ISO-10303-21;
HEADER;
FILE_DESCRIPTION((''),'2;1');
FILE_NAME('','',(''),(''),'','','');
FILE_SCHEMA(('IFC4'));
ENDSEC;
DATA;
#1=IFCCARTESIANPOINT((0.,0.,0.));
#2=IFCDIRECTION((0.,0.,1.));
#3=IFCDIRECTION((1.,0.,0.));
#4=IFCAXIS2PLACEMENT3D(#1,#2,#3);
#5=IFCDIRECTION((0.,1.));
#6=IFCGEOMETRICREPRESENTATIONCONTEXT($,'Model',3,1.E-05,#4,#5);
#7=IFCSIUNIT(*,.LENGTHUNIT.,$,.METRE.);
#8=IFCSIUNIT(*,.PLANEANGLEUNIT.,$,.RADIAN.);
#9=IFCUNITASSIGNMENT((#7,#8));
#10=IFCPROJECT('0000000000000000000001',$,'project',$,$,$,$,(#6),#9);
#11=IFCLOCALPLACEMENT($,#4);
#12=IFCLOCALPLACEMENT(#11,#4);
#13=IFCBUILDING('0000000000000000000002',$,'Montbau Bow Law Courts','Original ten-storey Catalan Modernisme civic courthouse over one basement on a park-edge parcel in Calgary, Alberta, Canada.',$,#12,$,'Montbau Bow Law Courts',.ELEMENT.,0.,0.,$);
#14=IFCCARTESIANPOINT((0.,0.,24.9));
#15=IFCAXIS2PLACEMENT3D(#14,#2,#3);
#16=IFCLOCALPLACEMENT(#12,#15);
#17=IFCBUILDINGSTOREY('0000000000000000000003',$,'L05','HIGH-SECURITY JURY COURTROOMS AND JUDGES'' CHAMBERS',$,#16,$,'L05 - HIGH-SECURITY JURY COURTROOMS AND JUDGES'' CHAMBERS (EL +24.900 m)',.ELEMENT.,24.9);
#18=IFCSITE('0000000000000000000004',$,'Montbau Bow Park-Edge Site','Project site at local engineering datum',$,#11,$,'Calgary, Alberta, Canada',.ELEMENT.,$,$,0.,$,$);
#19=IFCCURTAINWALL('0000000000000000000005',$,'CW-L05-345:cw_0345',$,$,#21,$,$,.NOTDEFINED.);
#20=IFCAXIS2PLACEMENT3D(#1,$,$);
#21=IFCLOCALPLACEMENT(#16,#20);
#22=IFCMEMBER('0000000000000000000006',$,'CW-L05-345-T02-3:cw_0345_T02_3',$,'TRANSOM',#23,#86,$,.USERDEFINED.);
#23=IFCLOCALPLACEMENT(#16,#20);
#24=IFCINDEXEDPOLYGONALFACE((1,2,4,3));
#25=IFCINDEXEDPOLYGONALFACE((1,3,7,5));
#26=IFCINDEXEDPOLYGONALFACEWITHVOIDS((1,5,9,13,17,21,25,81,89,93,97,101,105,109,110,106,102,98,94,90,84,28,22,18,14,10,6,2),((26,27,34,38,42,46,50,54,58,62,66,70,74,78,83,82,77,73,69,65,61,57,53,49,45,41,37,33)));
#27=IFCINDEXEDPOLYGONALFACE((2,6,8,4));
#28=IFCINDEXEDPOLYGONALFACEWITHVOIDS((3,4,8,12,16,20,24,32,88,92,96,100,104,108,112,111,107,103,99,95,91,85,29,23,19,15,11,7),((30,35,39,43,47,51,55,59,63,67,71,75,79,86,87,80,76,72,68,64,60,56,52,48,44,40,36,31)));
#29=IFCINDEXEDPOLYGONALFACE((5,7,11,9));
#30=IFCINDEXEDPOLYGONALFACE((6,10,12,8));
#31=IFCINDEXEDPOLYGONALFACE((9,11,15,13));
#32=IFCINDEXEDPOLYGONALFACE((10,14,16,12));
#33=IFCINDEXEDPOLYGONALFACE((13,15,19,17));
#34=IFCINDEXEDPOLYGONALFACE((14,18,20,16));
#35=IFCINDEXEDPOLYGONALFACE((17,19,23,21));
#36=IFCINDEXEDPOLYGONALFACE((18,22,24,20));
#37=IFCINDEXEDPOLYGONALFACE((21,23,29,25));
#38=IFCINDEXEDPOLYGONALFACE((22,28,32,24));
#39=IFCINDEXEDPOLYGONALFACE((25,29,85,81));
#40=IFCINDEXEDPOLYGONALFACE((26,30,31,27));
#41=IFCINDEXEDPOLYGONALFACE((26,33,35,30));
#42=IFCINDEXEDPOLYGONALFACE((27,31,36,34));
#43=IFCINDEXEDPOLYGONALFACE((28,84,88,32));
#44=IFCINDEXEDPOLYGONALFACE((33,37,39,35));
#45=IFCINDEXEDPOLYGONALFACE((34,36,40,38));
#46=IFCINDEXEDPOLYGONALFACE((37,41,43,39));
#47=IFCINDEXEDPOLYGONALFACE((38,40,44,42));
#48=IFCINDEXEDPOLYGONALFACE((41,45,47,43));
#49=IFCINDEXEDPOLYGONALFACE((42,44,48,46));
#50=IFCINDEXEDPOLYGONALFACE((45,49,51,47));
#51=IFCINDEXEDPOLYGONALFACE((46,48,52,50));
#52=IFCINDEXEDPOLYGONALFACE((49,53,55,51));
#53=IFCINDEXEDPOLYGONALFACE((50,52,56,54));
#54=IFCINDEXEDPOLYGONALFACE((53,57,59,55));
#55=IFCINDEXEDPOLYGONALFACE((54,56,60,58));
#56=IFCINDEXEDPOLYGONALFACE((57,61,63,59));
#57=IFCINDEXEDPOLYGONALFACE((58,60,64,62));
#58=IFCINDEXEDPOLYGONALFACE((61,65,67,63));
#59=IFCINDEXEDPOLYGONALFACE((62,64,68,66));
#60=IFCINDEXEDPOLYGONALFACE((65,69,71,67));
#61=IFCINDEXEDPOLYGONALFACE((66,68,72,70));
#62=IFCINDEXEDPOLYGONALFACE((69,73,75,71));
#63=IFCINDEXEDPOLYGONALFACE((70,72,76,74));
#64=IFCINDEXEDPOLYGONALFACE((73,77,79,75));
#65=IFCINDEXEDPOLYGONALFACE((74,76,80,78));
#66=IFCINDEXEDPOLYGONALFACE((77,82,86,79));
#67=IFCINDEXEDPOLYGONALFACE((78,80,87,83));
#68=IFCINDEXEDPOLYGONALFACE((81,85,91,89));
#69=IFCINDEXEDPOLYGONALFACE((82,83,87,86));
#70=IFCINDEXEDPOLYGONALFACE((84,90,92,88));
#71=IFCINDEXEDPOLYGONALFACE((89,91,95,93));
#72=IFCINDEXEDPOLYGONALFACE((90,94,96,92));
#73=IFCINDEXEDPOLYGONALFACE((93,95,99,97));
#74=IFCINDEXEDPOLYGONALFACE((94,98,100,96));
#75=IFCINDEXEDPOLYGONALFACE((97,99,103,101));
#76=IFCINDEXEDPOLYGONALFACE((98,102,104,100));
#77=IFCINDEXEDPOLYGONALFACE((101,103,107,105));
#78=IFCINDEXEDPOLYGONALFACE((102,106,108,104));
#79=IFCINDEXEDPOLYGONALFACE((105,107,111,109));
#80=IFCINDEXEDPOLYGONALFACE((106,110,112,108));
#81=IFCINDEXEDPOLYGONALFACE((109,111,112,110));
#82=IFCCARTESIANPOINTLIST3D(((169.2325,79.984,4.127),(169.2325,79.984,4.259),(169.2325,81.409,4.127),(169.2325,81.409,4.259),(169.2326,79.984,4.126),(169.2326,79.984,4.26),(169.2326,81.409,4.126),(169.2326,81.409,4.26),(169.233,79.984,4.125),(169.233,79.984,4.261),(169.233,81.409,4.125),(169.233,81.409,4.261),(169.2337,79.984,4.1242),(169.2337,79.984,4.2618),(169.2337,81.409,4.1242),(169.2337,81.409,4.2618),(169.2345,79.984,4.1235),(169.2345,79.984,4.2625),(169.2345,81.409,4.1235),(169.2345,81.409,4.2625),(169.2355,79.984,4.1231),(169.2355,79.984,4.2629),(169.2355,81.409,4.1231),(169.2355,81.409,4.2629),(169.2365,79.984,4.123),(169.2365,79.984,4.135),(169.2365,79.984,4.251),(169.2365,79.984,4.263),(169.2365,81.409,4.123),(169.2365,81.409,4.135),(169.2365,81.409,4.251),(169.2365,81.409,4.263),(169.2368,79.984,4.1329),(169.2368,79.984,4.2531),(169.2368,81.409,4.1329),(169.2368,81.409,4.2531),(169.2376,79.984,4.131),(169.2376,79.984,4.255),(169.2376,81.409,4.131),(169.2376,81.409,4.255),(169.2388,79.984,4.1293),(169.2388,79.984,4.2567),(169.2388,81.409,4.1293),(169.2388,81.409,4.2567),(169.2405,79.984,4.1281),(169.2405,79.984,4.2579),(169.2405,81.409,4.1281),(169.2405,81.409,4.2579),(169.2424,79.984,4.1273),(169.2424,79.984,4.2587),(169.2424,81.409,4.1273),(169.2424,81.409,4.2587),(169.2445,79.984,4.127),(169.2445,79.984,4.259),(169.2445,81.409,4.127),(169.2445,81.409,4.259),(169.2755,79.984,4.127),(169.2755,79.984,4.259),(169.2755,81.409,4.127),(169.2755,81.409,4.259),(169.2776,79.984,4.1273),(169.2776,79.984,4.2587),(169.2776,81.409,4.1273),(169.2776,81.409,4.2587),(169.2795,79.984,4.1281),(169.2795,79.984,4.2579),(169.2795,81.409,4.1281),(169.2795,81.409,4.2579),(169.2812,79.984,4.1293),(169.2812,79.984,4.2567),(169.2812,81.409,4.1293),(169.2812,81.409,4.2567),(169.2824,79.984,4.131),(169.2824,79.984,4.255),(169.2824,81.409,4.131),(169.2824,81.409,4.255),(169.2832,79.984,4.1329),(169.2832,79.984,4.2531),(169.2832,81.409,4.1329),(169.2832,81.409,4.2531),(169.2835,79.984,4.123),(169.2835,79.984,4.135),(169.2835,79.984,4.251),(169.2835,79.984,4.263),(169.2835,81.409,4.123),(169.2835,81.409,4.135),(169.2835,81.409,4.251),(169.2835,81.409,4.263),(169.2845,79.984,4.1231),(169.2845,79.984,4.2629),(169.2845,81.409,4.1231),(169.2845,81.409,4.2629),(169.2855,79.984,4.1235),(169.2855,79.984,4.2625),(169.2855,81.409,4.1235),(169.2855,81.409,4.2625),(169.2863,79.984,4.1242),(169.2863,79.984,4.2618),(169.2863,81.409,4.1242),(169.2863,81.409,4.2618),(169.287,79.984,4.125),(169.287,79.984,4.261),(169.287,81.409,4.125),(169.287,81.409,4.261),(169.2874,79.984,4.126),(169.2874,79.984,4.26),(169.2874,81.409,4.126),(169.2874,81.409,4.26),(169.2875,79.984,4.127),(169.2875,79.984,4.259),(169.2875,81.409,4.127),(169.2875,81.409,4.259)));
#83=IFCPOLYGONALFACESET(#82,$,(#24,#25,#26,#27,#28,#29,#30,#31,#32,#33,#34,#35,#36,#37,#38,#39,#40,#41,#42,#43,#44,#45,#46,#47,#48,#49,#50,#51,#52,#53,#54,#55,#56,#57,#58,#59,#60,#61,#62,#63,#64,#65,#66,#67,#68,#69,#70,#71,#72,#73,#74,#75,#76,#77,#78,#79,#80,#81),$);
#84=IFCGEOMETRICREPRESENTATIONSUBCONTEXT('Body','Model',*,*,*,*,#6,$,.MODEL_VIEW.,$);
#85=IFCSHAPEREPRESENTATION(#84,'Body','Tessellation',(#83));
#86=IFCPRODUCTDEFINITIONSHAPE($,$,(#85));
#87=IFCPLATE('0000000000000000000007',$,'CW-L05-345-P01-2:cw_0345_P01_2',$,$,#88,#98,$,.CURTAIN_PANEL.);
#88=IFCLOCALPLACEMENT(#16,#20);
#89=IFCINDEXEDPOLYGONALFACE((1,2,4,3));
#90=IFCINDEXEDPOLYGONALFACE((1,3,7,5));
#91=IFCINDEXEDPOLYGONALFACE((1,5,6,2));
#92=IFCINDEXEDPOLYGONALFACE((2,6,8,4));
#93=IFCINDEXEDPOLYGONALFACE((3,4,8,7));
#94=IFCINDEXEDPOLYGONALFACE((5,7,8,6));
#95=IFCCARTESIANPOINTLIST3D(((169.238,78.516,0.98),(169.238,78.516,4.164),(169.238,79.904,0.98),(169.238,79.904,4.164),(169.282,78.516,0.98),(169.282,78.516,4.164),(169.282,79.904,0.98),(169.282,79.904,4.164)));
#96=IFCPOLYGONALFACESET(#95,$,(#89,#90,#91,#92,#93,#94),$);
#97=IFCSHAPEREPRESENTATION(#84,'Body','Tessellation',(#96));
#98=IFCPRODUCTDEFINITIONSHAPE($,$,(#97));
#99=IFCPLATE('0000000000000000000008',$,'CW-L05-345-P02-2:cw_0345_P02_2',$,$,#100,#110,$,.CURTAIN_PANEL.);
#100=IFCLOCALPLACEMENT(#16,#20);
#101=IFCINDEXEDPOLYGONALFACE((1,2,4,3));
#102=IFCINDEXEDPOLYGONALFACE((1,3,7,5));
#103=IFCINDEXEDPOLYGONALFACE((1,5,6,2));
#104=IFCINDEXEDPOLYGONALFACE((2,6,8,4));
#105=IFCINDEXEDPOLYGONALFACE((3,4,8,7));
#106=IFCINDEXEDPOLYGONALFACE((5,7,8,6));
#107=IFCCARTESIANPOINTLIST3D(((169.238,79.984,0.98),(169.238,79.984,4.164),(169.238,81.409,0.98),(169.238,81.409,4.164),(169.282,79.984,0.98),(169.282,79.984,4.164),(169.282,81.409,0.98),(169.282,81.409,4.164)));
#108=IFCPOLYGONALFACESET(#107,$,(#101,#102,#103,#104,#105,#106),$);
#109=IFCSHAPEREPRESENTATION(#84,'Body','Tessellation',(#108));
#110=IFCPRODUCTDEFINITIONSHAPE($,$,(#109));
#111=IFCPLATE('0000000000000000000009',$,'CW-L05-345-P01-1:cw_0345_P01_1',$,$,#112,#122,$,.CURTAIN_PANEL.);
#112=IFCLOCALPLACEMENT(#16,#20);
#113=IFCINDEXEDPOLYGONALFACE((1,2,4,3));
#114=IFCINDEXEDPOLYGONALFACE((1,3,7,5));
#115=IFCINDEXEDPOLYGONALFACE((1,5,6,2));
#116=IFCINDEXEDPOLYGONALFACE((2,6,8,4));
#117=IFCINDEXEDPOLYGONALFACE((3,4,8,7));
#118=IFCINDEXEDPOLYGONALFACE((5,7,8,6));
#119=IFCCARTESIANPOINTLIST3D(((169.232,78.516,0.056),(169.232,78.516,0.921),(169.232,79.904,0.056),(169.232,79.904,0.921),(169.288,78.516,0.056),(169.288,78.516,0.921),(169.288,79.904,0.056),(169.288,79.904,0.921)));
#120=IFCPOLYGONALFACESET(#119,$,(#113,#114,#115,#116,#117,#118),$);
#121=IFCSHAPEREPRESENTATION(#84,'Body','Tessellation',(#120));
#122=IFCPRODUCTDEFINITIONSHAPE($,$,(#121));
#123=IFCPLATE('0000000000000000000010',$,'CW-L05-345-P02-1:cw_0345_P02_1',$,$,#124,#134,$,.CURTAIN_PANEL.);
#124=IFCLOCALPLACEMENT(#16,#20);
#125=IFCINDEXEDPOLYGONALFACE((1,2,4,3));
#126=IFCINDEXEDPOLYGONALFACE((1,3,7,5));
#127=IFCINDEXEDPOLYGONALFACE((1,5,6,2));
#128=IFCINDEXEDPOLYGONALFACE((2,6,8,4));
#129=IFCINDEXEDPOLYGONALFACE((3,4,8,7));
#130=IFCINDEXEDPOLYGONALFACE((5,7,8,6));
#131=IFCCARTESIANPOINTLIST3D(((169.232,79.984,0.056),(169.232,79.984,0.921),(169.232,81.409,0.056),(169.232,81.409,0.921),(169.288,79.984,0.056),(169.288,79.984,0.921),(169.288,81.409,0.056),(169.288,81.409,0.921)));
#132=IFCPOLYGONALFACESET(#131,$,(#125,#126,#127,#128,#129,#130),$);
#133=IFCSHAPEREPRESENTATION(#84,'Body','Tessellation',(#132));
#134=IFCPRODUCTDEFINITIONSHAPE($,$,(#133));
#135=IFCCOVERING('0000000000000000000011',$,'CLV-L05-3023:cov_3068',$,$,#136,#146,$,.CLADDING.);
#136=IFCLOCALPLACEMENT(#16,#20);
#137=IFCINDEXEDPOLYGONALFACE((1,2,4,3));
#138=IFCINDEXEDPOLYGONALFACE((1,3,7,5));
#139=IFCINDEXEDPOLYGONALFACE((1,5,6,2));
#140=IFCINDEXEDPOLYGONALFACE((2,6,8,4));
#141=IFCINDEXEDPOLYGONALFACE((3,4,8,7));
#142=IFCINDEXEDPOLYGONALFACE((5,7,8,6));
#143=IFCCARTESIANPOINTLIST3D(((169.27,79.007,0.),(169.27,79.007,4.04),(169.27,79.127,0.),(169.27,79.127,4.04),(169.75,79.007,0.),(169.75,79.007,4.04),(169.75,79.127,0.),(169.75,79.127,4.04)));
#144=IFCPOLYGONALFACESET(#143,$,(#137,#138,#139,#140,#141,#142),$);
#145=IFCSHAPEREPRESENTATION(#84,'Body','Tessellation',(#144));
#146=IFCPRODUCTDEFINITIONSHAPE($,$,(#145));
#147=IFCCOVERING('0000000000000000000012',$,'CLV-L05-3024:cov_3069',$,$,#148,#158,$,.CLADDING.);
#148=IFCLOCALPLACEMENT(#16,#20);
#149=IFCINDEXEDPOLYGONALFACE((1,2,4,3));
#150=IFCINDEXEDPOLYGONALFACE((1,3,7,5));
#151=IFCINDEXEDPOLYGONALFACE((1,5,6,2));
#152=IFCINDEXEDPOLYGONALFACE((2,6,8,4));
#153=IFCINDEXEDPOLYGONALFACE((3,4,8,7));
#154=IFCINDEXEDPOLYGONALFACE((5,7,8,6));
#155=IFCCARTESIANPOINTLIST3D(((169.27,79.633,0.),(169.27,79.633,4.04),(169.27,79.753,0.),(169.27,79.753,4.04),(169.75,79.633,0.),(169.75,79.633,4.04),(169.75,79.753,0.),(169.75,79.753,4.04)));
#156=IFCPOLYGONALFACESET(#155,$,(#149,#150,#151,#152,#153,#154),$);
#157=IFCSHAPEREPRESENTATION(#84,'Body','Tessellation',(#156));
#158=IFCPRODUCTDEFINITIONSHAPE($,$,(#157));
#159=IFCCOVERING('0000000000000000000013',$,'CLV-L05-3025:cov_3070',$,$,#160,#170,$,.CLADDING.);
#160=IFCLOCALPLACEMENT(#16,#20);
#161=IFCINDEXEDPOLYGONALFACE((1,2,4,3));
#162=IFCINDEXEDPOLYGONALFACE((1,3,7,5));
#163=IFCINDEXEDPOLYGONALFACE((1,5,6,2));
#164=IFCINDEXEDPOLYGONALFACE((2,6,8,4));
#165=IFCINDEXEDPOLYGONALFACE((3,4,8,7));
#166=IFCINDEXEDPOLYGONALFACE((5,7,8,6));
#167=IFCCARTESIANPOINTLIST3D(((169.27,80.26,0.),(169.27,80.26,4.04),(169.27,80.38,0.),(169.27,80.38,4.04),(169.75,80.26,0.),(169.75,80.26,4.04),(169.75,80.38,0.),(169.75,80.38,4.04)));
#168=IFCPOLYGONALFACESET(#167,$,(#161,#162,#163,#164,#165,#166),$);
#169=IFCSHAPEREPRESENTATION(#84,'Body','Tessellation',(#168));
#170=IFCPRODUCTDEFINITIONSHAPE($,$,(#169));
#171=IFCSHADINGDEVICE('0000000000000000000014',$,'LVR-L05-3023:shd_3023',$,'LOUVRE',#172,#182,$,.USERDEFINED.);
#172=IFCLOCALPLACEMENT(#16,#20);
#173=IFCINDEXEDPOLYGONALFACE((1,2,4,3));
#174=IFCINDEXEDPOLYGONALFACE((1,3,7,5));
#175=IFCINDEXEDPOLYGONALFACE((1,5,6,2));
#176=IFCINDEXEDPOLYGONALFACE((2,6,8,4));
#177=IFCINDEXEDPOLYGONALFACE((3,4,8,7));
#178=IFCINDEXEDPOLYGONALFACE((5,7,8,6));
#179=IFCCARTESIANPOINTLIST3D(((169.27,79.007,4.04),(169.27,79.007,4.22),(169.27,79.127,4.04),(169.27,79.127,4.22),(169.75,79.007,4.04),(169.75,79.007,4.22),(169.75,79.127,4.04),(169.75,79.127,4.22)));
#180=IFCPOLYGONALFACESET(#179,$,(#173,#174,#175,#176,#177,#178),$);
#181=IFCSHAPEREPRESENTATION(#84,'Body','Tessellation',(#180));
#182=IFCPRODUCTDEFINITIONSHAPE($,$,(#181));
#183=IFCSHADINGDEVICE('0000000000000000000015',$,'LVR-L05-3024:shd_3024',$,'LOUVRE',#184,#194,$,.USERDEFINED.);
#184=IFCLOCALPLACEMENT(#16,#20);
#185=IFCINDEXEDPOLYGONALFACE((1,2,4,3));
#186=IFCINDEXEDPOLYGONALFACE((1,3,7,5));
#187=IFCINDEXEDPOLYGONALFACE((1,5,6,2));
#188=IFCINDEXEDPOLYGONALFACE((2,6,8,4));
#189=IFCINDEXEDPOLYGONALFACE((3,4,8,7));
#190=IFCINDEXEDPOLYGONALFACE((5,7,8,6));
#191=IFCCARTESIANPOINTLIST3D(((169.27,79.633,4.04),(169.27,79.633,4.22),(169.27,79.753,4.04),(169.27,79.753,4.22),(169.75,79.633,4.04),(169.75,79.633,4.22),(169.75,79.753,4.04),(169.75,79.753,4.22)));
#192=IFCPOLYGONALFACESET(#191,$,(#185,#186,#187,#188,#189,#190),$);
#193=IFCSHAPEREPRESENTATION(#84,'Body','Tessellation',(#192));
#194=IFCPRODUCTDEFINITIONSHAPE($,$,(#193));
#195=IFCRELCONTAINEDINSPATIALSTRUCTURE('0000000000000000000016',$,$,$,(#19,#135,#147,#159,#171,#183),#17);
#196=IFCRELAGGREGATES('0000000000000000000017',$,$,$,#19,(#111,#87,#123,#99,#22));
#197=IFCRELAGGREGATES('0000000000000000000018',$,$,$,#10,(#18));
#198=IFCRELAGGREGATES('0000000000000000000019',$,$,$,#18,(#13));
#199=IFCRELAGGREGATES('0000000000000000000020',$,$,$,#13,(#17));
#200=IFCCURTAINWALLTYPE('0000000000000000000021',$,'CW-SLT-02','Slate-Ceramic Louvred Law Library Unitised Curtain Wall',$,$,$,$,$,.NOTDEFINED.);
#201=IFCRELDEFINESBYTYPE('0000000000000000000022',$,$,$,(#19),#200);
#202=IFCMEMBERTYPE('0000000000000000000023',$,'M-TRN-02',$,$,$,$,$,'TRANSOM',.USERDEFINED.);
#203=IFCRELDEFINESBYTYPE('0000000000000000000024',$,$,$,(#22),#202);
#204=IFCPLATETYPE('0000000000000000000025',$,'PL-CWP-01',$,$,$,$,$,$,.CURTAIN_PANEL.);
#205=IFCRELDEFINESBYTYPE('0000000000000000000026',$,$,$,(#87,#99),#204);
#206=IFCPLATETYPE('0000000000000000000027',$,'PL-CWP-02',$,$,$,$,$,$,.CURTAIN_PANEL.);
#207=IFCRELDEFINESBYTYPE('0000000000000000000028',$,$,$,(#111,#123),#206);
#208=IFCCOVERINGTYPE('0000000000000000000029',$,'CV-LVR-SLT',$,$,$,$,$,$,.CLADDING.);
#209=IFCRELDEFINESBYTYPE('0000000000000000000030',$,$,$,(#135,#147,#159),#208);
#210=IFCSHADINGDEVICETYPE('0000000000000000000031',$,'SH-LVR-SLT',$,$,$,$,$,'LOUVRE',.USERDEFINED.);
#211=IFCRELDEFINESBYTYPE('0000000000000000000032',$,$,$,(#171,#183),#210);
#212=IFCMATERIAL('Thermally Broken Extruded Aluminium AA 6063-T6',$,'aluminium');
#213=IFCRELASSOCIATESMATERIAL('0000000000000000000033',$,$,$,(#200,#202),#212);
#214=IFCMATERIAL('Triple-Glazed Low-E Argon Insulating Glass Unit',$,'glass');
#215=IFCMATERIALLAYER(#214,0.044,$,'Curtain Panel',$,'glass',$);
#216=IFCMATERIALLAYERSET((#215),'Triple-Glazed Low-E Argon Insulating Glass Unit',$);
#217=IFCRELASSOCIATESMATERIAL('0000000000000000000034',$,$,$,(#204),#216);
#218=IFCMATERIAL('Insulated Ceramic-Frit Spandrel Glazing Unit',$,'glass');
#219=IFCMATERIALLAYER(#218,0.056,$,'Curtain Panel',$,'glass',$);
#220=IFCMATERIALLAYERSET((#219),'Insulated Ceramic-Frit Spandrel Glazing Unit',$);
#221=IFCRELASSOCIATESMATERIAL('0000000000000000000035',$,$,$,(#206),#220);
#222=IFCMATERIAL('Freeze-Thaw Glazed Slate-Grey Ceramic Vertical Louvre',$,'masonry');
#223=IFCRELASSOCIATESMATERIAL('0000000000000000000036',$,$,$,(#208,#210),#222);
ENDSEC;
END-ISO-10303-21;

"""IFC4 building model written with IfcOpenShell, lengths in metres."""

from ifc_helpers import new_model, si_unit, direction, frame, frame_2d, origin_with_axes, origin_2d_with_axis, place, context, subcontext, project, spatial, rectangle, hollow_rectangle, extrude, material, layer, layer_set, material_profile, profile_set, type_object, element, aggregate, save


model = new_model("IFC4")

# Units and contexts
model_context = context("Model", 3, precision=1e-05, world=origin_with_axes(), true_north=direction((0.0, 1.0)))
body_context = subcontext(model_context, "Body", "Model", "MODEL_VIEW")
ifc_project = project(units=[si_unit("LENGTHUNIT", "METRE"), si_unit("PLANEANGLEUNIT", "RADIAN")], contexts=[model_context])

# Site, building, storey
site_placement = place(None, origin_with_axes())
site = spatial("IfcSite", under=ifc_project, at=site_placement, Name="Montbau Bow Park-Edge Site", Description="Project site at local engineering datum", LongName="Calgary, Alberta, Canada", CompositionType="ELEMENT", RefElevation=0.0)
building_placement = place(site_placement, origin_with_axes())
building = spatial("IfcBuilding", under=site, at=building_placement, Name="Montbau Bow Law Courts", Description="Original ten-storey Catalan Modernisme civic courthouse over one basement on a park-edge parcel in Calgary, Alberta, Canada.", LongName="Montbau Bow Law Courts", CompositionType="ELEMENT", ElevationOfRefHeight=0.0, ElevationOfTerrain=0.0)
storey_placement = place(building_placement, frame((0.0, 0.0, 24.9), z_axis=(0.0, 0.0, 1.0), x_axis=(1.0, 0.0, 0.0)))
storey = spatial("IfcBuildingStorey", under=building, at=storey_placement, Name="L05", Description="HIGH-SECURITY JURY COURTROOMS AND JUDGES' CHAMBERS", LongName="L05 - HIGH-SECURITY JURY COURTROOMS AND JUDGES' CHAMBERS (EL +24.900 m)", CompositionType="ELEMENT", Elevation=24.9)

# Curtain wall, member, plates
ifc_material_1 = material(Name="Thermally Broken Extruded Aluminium AA 6063-T6", Category="aluminium")
curtain_wall_type = type_object("IfcCurtainWallType", Name="CW-SLT-02", Description="Slate-Ceramic Louvred Law Library Unitised Curtain Wall", PredefinedType="NOTDEFINED", material=ifc_material_1)
curtain_wall_placement = place(None, frame((169.26, 78.44, 24.9), z_axis=(0.0, 0.0, 1.0), x_axis=(1.0, 0.0, 0.0)))
curtain_wall = element("IfcCurtainWall", 1, at=curtain_wall_placement, inside=storey, type_object=curtain_wall_type, Name="CW-L05-345:cw_0345", PredefinedType="NOTDEFINED")
ifc_material_profile_1 = material_profile(ifc_material_1, hollow_rectangle(XDim=0.055, YDim=0.14, WallThickness=0.004, InnerFilletRadius=0.008, OuterFilletRadius=0.004, at=origin_2d_with_axis()), Name="CWT-140X55", Category="Main", Priority=0)
ifc_profile_set_1 = profile_set([ifc_material_profile_1], Name="Thermally Broken Extruded Aluminium AA 6063-T6")
member_type_1 = type_object("IfcMemberType", Name="M-TRN-02", ElementType="TRANSOM", PredefinedType="USERDEFINED", material=ifc_profile_set_1)
member_1_placement = place(None, frame((169.26, 79.984, 29.093), z_axis=(0.0, 1.0, 0.0), x_axis=(-1.0, 0.0, 0.0)))
member_1 = element("IfcMember", 2, at=member_1_placement, type_object=member_type_1, Name="CW-L05-345-T02-3:cw_0345_T02_3", ObjectType="TRANSOM", PredefinedType="USERDEFINED", context=body_context, shape_type="SweptSolid", body=[
    extrude(hollow_rectangle(XDim=0.055, YDim=0.14, WallThickness=0.004, InnerFilletRadius=0.008, OuterFilletRadius=0.004, at=origin_2d_with_axis()), origin_with_axes(), (0.0, 0.0, 1.0), 1.425),
])
ifc_material_2 = material(Name="Triple-Glazed Low-E Argon Insulating Glass Unit", Category="glass")
ifc_layer_1 = layer(ifc_material_2, 0.044, Name="Curtain Panel", Category="glass")
ifc_layer_set_1 = layer_set([ifc_layer_1], Name="Triple-Glazed Low-E Argon Insulating Glass Unit")
plate_type_1 = type_object("IfcPlateType", Name="PL-CWP-01", PredefinedType="CURTAIN_PANEL", material=ifc_layer_set_1)
plate_1_placement = place(None, frame((169.26, 78.516, 25.88), z_axis=(1.0, 0.0, 0.0), x_axis=(0.0, 1.0, 0.0)))
plate_1 = element("IfcPlate", 3, at=plate_1_placement, type_object=plate_type_1, Name="CW-L05-345-P01-2:cw_0345_P01_2", PredefinedType="CURTAIN_PANEL", context=body_context, shape_type="SweptSolid", body=[
    extrude(rectangle(XDim=1.388, YDim=3.184, at=frame_2d((0.694, 1.592), x_axis=(1.0, 0.0))), frame((0.0, 0.0, -0.022), z_axis=(0.0, 0.0, 1.0), x_axis=(1.0, 0.0, 0.0)), (0.0, 0.0, 1.0), 0.044),
])
plate_2_placement = place(None, frame((169.26, 79.984, 25.88), z_axis=(1.0, 0.0, 0.0), x_axis=(0.0, 1.0, 0.0)))
plate_2 = element("IfcPlate", 4, at=plate_2_placement, type_object=plate_type_1, Name="CW-L05-345-P02-2:cw_0345_P02_2", PredefinedType="CURTAIN_PANEL", context=body_context, shape_type="SweptSolid", body=[
    extrude(rectangle(XDim=1.425, YDim=3.184, at=frame_2d((0.7125, 1.592), x_axis=(1.0, 0.0))), frame((0.0, 0.0, -0.022), z_axis=(0.0, 0.0, 1.0), x_axis=(1.0, 0.0, 0.0)), (0.0, 0.0, 1.0), 0.044),
])
ifc_material_3 = material(Name="Insulated Ceramic-Frit Spandrel Glazing Unit", Category="glass")
ifc_layer_2 = layer(ifc_material_3, 0.056, Name="Curtain Panel", Category="glass")
ifc_layer_set_2 = layer_set([ifc_layer_2], Name="Insulated Ceramic-Frit Spandrel Glazing Unit")
plate_type_2 = type_object("IfcPlateType", Name="PL-CWP-02", PredefinedType="CURTAIN_PANEL", material=ifc_layer_set_2)
plate_3_placement = place(None, frame((169.26, 78.516, 24.956), z_axis=(1.0, 0.0, 0.0), x_axis=(0.0, 1.0, 0.0)))
plate_3 = element("IfcPlate", 5, at=plate_3_placement, type_object=plate_type_2, Name="CW-L05-345-P01-1:cw_0345_P01_1", PredefinedType="CURTAIN_PANEL", context=body_context, shape_type="SweptSolid", body=[
    extrude(rectangle(XDim=1.388, YDim=0.865, at=frame_2d((0.694, 0.4325), x_axis=(1.0, 0.0))), frame((0.0, 0.0, -0.028), z_axis=(0.0, 0.0, 1.0), x_axis=(1.0, 0.0, 0.0)), (0.0, 0.0, 1.0), 0.056),
])
plate_4_placement = place(None, frame((169.26, 79.984, 24.956), z_axis=(1.0, 0.0, 0.0), x_axis=(0.0, 1.0, 0.0)))
plate_4 = element("IfcPlate", 6, at=plate_4_placement, type_object=plate_type_2, Name="CW-L05-345-P02-1:cw_0345_P02_1", PredefinedType="CURTAIN_PANEL", context=body_context, shape_type="SweptSolid", body=[
    extrude(rectangle(XDim=1.425, YDim=0.865, at=frame_2d((0.7125, 0.4325), x_axis=(1.0, 0.0))), frame((0.0, 0.0, -0.028), z_axis=(0.0, 0.0, 1.0), x_axis=(1.0, 0.0, 0.0)), (0.0, 0.0, 1.0), 0.056),
])
aggregate(curtain_wall, [plate_3, plate_1, plate_4, plate_2, member_1])

# Coverings
ifc_material_4 = material(Name="Freeze-Thaw Glazed Slate-Grey Ceramic Vertical Louvre", Category="masonry")
covering_type = type_object("IfcCoveringType", Name="CV-LVR-SLT", PredefinedType="CLADDING", material=ifc_material_4)
for number, where, z_axis, x_axis, name in (
    (7, (169.27, 79.067, 24.9), (0.0, -1.0, 0.0), (1.0, 0.0, 0.0), "CLV-L05-3023:cov_3068"),
    (8, (169.27, 79.693, 24.9), (0.0, -1.0, 0.0), (1.0, 0.0, 0.0), "CLV-L05-3024:cov_3069"),
    (9, (169.27, 80.32, 24.9), (0.0, -1.0, 0.0), (1.0, 0.0, 0.0), "CLV-L05-3025:cov_3070"),
):
    element("IfcCovering", number, at=place(None, frame(where, z_axis=z_axis, x_axis=x_axis)), inside=storey, type_object=covering_type, Name=name, PredefinedType="CLADDING", context=body_context, shape_type="SweptSolid", body=[
        extrude(rectangle(XDim=0.48, YDim=4.04, at=frame_2d((0.24, 2.02), x_axis=(1.0, 0.0))), frame((0.0, 0.0, -0.06), z_axis=(0.0, 0.0, 1.0), x_axis=(1.0, 0.0, 0.0)), (0.0, 0.0, 1.0), 0.12),
    ])

# Shading devices
shading_device_type = type_object("IfcShadingDeviceType", Name="SH-LVR-SLT", ElementType="LOUVRE", PredefinedType="USERDEFINED", material=ifc_material_4)
for number, where, z_axis, x_axis, name in (
    (10, (169.51, 79.067, 28.94), (0.0, 0.0, 1.0), (1.0, 0.0, 0.0), "LVR-L05-3023:shd_3023"),
    (11, (169.51, 79.693, 28.94), (0.0, 0.0, 1.0), (1.0, 0.0, 0.0), "LVR-L05-3024:shd_3024"),
):
    element("IfcShadingDevice", number, at=place(None, frame(where, z_axis=z_axis, x_axis=x_axis)), inside=storey, type_object=shading_device_type, Name=name, ObjectType="LOUVRE", PredefinedType="USERDEFINED", context=body_context, shape_type="SweptSolid", body=[
        extrude(rectangle(XDim=0.48, YDim=0.12, at=origin_2d_with_axis()), origin_with_axes(), (0.0, 0.0, 1.0), 0.18),
    ])

save(model, "model.ifc")
